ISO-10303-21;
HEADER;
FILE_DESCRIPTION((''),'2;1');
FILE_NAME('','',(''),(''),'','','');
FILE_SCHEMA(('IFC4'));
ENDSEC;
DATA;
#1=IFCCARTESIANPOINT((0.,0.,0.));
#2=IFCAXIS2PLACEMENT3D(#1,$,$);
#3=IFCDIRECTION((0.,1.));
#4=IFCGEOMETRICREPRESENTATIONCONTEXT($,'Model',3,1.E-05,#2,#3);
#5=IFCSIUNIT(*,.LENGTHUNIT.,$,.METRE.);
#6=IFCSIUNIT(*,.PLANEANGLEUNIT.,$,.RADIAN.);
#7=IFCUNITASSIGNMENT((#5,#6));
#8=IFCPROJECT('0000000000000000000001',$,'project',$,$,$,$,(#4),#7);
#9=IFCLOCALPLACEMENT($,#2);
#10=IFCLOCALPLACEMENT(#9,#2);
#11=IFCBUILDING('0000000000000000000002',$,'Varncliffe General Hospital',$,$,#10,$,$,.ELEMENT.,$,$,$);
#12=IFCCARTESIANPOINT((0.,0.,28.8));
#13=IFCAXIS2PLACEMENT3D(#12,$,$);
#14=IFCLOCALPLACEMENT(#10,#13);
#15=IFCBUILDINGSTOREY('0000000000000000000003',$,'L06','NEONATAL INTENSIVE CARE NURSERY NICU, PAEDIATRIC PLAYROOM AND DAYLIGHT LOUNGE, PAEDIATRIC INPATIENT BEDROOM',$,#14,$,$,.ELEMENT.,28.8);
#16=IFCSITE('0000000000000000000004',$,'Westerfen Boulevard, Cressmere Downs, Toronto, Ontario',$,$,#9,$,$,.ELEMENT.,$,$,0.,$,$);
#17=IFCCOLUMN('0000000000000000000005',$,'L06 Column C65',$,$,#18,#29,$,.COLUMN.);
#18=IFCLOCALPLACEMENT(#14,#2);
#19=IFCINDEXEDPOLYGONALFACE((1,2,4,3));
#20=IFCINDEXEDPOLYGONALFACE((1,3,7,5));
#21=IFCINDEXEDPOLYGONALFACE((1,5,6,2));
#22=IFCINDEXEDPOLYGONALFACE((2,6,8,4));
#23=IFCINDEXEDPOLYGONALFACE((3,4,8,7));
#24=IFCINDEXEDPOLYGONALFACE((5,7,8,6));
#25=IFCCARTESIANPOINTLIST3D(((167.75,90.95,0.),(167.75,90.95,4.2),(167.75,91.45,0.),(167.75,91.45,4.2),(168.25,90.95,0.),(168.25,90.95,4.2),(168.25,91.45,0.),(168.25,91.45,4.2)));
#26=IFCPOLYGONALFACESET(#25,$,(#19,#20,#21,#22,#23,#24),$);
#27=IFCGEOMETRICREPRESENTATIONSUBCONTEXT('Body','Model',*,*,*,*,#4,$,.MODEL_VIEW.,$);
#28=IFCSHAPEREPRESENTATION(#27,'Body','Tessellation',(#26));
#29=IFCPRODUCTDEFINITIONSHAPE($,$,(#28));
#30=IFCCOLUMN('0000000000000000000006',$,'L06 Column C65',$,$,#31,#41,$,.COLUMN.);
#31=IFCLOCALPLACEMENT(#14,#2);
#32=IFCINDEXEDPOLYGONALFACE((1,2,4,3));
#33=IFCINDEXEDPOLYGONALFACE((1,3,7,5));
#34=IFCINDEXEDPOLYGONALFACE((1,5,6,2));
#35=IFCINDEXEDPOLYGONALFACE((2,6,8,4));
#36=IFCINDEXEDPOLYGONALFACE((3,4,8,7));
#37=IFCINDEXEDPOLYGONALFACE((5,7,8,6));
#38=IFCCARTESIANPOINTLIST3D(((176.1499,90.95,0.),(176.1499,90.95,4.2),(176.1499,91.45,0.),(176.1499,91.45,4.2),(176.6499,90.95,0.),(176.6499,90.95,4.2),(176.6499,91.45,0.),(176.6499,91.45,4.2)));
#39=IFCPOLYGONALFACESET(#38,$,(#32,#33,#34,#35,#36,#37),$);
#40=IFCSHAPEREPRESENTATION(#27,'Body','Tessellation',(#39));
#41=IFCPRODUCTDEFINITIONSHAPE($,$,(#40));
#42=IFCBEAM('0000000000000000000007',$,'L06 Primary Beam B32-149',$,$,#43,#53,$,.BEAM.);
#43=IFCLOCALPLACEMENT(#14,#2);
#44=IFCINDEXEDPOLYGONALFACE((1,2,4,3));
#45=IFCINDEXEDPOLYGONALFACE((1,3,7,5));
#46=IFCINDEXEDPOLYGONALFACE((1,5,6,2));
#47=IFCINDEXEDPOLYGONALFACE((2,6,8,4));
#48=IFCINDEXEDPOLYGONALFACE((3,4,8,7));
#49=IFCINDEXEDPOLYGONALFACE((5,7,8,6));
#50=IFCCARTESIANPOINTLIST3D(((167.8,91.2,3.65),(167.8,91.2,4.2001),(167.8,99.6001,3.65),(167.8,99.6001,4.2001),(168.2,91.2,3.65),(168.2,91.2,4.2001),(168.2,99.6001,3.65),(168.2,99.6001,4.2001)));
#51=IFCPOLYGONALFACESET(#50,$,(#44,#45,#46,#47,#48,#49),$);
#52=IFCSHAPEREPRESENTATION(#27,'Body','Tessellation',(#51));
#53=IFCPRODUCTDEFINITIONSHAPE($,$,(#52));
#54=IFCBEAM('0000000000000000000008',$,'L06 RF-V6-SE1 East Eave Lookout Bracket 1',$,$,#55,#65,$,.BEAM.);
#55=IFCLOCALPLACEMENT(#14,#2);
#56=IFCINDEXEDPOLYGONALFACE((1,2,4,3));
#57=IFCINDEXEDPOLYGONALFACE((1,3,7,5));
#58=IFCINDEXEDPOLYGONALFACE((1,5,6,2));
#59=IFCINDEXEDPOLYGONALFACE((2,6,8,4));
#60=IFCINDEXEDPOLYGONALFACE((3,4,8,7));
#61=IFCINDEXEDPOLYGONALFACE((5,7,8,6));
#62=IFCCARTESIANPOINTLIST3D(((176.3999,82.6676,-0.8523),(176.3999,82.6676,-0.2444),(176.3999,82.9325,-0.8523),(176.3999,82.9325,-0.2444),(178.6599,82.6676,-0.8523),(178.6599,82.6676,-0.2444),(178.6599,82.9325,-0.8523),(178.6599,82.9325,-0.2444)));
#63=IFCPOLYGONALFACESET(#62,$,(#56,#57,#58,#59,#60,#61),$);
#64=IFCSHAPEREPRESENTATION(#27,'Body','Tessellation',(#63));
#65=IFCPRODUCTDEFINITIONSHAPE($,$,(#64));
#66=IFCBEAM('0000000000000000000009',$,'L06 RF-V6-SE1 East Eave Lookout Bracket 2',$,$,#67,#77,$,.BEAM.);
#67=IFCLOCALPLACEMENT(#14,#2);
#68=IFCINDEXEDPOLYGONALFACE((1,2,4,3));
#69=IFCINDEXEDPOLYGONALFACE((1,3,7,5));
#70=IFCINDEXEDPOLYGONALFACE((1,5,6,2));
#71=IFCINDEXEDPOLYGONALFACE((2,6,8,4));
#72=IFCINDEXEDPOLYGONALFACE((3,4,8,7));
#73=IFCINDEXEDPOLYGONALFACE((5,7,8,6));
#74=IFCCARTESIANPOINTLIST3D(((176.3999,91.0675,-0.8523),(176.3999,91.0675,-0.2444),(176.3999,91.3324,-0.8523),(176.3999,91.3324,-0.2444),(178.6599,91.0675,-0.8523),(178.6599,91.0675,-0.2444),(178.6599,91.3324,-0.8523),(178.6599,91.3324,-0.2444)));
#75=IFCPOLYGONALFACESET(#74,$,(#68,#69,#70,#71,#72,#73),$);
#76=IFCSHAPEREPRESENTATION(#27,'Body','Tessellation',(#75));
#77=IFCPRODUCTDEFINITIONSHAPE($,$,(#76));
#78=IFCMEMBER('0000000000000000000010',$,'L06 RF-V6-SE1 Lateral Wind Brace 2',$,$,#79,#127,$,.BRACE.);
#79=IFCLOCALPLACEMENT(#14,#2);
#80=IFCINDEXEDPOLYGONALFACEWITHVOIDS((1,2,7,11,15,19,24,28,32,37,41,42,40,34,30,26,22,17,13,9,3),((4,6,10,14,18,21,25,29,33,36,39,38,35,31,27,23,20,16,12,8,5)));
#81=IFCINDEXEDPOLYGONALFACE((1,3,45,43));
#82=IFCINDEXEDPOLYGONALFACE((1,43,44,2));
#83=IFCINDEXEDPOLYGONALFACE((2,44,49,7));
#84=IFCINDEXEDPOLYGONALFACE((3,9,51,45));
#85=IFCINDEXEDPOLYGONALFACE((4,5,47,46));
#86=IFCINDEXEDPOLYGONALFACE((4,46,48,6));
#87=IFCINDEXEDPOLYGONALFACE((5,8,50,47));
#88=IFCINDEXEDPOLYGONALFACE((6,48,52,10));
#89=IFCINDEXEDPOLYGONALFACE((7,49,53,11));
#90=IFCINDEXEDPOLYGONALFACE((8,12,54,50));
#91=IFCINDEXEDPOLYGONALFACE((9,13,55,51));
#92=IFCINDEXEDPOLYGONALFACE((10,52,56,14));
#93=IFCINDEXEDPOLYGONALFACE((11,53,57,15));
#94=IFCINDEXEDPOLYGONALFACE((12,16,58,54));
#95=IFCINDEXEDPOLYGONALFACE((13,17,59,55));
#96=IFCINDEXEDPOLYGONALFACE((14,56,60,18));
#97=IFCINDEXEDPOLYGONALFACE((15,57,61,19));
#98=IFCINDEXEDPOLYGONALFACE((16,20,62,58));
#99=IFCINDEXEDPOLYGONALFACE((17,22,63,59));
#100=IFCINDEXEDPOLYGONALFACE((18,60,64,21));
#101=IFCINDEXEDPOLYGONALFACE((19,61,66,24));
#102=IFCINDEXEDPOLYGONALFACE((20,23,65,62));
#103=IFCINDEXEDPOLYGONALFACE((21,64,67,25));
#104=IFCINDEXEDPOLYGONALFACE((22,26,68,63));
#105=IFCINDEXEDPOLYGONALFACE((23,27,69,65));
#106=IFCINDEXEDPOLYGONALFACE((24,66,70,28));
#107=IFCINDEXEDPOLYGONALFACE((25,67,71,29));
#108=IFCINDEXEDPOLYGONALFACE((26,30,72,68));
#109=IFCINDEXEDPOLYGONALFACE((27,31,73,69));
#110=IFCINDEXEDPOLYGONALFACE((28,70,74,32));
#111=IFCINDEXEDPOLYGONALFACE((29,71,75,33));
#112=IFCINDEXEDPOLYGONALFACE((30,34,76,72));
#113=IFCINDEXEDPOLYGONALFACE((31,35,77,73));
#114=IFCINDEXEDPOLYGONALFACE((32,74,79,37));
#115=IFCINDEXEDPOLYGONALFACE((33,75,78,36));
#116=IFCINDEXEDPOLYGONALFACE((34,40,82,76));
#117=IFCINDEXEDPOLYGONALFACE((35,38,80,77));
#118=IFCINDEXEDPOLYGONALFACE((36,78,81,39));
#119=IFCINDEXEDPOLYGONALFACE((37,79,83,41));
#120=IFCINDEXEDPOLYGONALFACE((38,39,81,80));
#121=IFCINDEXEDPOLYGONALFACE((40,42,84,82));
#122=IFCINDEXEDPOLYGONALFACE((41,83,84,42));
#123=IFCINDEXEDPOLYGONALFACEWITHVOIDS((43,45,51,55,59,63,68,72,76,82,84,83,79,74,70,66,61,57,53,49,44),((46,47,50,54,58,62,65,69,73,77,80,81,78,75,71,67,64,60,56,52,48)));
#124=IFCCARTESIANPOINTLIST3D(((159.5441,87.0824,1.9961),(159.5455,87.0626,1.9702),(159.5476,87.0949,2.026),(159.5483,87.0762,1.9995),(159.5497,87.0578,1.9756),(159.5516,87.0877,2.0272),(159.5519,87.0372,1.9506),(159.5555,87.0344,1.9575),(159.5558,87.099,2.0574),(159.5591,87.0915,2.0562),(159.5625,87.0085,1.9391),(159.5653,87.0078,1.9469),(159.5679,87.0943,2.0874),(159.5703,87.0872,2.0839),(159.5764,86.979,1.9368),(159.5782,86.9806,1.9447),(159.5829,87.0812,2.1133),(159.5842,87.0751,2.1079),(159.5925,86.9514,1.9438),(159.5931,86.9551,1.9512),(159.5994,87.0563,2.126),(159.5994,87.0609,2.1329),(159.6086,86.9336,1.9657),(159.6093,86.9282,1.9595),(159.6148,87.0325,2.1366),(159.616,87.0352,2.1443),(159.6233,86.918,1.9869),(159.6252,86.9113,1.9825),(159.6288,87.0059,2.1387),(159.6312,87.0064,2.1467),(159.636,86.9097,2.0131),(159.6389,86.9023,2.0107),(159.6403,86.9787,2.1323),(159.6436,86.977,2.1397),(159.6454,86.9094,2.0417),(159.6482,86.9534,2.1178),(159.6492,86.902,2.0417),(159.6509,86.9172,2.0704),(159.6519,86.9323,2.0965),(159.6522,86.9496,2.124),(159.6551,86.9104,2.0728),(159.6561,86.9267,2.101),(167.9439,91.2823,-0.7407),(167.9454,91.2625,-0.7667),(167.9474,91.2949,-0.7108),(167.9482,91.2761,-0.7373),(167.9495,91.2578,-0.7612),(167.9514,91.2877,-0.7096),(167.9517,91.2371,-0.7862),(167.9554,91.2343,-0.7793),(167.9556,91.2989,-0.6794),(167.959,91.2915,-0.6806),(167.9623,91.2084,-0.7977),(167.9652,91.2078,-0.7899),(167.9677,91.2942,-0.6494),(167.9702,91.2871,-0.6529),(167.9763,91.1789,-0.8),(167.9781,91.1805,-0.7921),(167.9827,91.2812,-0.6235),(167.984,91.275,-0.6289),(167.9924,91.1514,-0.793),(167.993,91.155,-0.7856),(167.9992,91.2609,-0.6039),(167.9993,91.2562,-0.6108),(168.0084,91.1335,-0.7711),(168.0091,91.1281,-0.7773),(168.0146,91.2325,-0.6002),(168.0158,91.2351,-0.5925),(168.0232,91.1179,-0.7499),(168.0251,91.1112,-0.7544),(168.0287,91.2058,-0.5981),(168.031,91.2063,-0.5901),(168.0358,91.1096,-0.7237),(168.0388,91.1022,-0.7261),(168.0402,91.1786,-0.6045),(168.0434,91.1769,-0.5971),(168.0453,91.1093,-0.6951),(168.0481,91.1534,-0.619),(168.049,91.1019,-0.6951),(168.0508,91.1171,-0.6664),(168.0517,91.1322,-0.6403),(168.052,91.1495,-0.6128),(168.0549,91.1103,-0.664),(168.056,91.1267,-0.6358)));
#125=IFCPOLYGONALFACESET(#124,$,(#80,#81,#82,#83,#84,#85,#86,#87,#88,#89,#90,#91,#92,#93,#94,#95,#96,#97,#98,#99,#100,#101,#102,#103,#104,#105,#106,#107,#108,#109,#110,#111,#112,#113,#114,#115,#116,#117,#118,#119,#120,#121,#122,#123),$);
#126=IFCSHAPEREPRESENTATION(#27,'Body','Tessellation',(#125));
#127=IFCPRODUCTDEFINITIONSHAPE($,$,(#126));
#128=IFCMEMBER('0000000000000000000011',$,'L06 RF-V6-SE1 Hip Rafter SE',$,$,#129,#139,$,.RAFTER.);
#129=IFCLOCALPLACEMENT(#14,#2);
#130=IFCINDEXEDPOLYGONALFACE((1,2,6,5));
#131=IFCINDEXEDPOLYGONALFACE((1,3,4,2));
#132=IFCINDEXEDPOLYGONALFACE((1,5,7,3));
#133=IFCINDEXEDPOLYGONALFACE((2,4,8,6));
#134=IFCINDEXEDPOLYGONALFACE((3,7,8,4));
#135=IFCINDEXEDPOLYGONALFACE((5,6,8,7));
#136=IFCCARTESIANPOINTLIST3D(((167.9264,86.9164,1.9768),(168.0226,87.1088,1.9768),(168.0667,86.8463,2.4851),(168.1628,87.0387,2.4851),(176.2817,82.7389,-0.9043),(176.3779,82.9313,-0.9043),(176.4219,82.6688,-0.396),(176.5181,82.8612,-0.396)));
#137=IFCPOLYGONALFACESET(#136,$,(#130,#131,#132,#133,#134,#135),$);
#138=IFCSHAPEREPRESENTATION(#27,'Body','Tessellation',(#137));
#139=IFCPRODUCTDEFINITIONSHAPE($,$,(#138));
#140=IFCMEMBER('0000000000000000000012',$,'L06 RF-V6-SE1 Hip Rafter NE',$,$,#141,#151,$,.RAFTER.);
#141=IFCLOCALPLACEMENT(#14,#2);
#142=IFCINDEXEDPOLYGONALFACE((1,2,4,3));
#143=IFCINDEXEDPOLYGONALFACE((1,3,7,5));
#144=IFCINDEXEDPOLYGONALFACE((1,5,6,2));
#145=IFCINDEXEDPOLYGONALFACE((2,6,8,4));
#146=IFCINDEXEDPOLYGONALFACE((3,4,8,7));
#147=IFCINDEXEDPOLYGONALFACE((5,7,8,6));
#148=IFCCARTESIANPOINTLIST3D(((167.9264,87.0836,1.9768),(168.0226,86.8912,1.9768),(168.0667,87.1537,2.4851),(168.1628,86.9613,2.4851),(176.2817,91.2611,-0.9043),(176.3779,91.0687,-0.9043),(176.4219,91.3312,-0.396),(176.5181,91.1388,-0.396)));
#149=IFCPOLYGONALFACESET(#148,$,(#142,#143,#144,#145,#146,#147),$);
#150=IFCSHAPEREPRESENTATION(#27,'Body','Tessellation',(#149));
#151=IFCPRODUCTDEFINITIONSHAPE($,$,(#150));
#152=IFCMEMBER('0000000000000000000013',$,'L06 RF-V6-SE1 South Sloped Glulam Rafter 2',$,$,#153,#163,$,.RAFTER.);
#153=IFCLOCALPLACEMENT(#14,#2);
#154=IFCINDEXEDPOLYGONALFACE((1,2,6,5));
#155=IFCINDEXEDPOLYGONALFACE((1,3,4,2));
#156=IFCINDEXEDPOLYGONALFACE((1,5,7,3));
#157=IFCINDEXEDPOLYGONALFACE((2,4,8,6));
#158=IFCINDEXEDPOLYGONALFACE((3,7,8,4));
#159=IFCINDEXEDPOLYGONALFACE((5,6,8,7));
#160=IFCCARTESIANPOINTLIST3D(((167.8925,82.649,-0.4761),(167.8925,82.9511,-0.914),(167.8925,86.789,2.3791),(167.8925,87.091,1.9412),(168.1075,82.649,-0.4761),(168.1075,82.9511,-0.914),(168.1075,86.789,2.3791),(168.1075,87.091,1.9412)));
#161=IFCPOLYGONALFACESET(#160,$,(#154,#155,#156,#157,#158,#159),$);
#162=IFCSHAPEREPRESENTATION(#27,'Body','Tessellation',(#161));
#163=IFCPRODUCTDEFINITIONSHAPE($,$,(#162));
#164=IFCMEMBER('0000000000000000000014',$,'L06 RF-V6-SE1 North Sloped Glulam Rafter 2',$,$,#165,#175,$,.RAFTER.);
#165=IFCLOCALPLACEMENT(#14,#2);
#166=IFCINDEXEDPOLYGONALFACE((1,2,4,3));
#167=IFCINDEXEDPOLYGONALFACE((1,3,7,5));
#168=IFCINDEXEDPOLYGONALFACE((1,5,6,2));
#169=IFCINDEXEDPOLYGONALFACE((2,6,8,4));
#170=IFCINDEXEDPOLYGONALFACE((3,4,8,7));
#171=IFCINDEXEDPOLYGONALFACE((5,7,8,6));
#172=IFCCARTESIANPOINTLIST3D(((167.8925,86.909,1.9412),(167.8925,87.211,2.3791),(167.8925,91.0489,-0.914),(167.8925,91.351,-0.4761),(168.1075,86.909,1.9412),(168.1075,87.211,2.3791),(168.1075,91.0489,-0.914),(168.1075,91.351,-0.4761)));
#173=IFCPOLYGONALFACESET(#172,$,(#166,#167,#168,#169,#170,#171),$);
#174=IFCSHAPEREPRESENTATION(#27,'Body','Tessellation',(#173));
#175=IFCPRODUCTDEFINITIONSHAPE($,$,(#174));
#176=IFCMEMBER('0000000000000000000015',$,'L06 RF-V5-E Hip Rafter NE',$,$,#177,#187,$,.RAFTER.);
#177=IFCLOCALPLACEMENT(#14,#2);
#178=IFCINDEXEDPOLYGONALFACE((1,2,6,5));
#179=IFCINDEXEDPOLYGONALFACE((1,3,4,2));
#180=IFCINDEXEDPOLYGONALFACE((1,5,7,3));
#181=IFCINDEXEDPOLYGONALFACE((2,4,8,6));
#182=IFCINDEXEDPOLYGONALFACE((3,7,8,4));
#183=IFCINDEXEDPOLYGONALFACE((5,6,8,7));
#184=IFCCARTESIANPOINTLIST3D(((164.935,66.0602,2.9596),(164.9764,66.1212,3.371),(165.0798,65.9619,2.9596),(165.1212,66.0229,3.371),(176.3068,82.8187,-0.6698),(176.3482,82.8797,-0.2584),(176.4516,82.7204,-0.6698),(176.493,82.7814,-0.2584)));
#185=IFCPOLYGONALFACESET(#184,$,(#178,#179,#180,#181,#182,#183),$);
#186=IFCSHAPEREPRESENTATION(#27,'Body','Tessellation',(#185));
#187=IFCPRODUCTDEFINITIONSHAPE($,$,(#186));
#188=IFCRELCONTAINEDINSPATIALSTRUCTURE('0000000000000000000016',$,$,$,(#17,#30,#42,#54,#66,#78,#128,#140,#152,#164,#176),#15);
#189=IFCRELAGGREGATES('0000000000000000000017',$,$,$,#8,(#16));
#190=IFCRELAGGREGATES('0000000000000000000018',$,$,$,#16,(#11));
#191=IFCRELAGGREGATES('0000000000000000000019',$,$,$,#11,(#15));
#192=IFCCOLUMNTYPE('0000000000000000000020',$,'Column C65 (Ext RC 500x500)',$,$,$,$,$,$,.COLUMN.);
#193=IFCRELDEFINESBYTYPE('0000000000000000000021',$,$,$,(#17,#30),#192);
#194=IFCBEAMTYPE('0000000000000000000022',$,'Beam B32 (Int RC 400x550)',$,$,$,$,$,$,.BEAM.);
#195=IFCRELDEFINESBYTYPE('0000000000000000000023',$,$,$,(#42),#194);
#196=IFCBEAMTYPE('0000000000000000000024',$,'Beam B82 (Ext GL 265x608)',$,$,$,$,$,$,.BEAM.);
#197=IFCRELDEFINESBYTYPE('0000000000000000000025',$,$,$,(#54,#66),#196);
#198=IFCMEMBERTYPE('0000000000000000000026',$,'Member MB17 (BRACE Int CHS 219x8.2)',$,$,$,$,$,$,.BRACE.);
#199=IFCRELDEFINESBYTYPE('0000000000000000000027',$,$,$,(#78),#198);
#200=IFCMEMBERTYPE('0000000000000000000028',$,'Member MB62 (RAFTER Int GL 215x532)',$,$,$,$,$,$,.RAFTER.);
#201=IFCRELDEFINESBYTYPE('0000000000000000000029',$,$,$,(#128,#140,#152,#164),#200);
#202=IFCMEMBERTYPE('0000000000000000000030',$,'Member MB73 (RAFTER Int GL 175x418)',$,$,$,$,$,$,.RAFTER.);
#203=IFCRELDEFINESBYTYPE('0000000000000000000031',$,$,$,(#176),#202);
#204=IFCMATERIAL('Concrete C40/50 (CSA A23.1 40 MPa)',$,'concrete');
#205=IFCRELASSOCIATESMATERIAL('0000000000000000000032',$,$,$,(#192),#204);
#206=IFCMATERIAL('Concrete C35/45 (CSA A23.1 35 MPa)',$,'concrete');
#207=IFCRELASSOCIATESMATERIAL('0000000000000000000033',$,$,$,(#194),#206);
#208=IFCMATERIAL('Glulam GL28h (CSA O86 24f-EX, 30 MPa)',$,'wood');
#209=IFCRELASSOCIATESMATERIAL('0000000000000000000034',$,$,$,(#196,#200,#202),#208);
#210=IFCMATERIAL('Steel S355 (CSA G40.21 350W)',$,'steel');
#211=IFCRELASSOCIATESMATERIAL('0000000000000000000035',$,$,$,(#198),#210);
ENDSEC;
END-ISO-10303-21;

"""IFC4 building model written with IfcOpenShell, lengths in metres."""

from ifc_helpers import new_model, si_unit, direction, frame, origin, origin_2d, place, context, subcontext, project, spatial, rectangle, hollow_circle, extrude, material, material_profile, profile_set, type_object, element, save


model = new_model("IFC4")

# Units and contexts
model_context = context("Model", 3, precision=1e-05, world=origin(), true_north=direction((0.0, 1.0)))
body_context = subcontext(model_context, "Body", "Model", "MODEL_VIEW")
ifc_project = project(units=[si_unit("LENGTHUNIT", "METRE"), si_unit("PLANEANGLEUNIT", "RADIAN")], contexts=[model_context])

# Site, building, storey
site_placement = place(None, origin())
site = spatial("IfcSite", under=ifc_project, at=site_placement, Name="Westerfen Boulevard, Cressmere Downs, Toronto, Ontario", CompositionType="ELEMENT", RefElevation=0.0)
building_placement = place(site_placement, origin())
building = spatial("IfcBuilding", under=site, at=building_placement, Name="Varncliffe General Hospital", CompositionType="ELEMENT")
storey_placement = place(building_placement, frame((0.0, 0.0, 28.8)))
storey = spatial("IfcBuildingStorey", under=building, at=storey_placement, Name="L06", Description="NEONATAL INTENSIVE CARE NURSERY NICU, PAEDIATRIC PLAYROOM AND DAYLIGHT LOUNGE, PAEDIATRIC INPATIENT BEDROOM", CompositionType="ELEMENT", Elevation=28.8)

# Columns
ifc_material_1 = material(Name="Concrete C40/50 (CSA A23.1 40 MPa)", Category="concrete")
ifc_material_profile_1 = material_profile(ifc_material_1, rectangle(XDim=0.5, YDim=0.5, at=origin_2d()), Name="RC 500x500")
ifc_profile_set_1 = profile_set([ifc_material_profile_1], Name="Concrete C40/50 (CSA A23.1 40 MPa)")
column_type = type_object("IfcColumnType", Name="Column C65 (Ext RC 500x500)", PredefinedType="COLUMN", material=ifc_profile_set_1)
for number, where, z_axis, x_axis, name in (
    (1, (168.0, 91.2, 0.0), (0.0, 0.0, 1.0), (1.0, 0.0, 0.0), "L06 Column C65"),
    (2, (176.3999, 91.2, 0.0), (0.0, 0.0, 1.0), (1.0, 0.0, 0.0), "L06 Column C65"),
):
    element("IfcColumn", number, at=place(storey_placement, frame(where, z_axis=z_axis, x_axis=x_axis)), inside=storey, type_object=column_type, Name=name, PredefinedType="COLUMN", context=body_context, shape_type="SweptSolid", body=[
        extrude(rectangle(XDim=0.5, YDim=0.5, at=origin_2d()), origin(), (0.0, 0.0, 1.0), 4.2),
    ])

# Beams
ifc_material_2 = material(Name="Concrete C35/45 (CSA A23.1 35 MPa)", Category="concrete")
ifc_material_profile_2 = material_profile(ifc_material_2, rectangle(XDim=0.3999, YDim=0.55, at=origin_2d()), Name="RC 400x550")
ifc_profile_set_2 = profile_set([ifc_material_profile_2], Name="Concrete C35/45 (CSA A23.1 35 MPa)")
beam_type_1 = type_object("IfcBeamType", Name="Beam B32 (Int RC 400x550)", PredefinedType="BEAM", material=ifc_profile_set_2)
beam_1_placement = place(storey_placement, frame((168.0, 91.2, 3.925), z_axis=(0.0, 1.0, 0.0), x_axis=(-1.0, 0.0, 0.0)))
element("IfcBeam", 3, at=beam_1_placement, inside=storey, type_object=beam_type_1, Name="L06 Primary Beam B32-149", PredefinedType="BEAM", context=body_context, shape_type="SweptSolid", body=[
    extrude(rectangle(XDim=0.3999, YDim=0.55, at=origin_2d()), origin(), (0.0, 0.0, 1.0), 8.4001),
])
ifc_material_3 = material(Name="Glulam GL28h (CSA O86 24f-EX, 30 MPa)", Category="wood")
ifc_material_profile_3 = material_profile(ifc_material_3, rectangle(XDim=0.2649, YDim=0.6079, at=origin_2d()), Name="GL 265x608")
ifc_profile_set_3 = profile_set([ifc_material_profile_3], Name="Glulam GL28h (CSA O86 24f-EX, 30 MPa)")
beam_type_2 = type_object("IfcBeamType", Name="Beam B82 (Ext GL 265x608)", PredefinedType="BEAM", material=ifc_profile_set_3)
for number, where, z_axis, x_axis, name in (
    (4, (176.3999, 82.8, -0.5483), (1.0, 0.0, 0.0), (0.0, 1.0, 0.0), "L06 RF-V6-SE1 East Eave Lookout Bracket 1"),
    (5, (176.3999, 91.2, -0.5483), (1.0, 0.0, 0.0), (0.0, 1.0, 0.0), "L06 RF-V6-SE1 East Eave Lookout Bracket 2"),
):
    element("IfcBeam", number, at=place(storey_placement, frame(where, z_axis=z_axis, x_axis=x_axis)), inside=storey, type_object=beam_type_2, Name=name, PredefinedType="BEAM", context=body_context, shape_type="SweptSolid", body=[
        extrude(rectangle(XDim=0.2649, YDim=0.6079, at=origin_2d()), origin(), (0.0, 0.0, 1.0), 2.26),
    ])

# Members
ifc_material_4 = material(Name="Steel S355 (CSA G40.21 350W)", Category="steel")
ifc_material_profile_4 = material_profile(ifc_material_4, hollow_circle(Radius=0.1096, WallThickness=0.0083, at=origin_2d()), Name="CHS 219x8.2")
ifc_profile_set_4 = profile_set([ifc_material_profile_4], Name="Steel S355 (CSA G40.21 350W)")
member_type_1 = type_object("IfcMemberType", Name="Member MB17 (BRACE Int CHS 219x8.2)", PredefinedType="BRACE", material=ifc_profile_set_4)
member_1_placement = place(storey_placement, frame((168.0, 91.2, -0.6951), z_axis=(-0.858707, -0.429354, 0.27978), x_axis=(0.447214, -0.894427, 0.0)))
element("IfcMember", 6, at=member_1_placement, inside=storey, type_object=member_type_1, Name="L06 RF-V6-SE1 Lateral Wind Brace 2", PredefinedType="BRACE", context=body_context, shape_type="SweptSolid", body=[
    extrude(hollow_circle(Radius=0.1096, WallThickness=0.0083, at=origin_2d()), origin(), (0.0, 0.0, 1.0), 9.782),
])
ifc_material_profile_5 = material_profile(ifc_material_3, rectangle(XDim=0.2151, YDim=0.532, at=origin_2d()), Name="GL 215x532")
ifc_profile_set_5 = profile_set([ifc_material_profile_5], Name="Glulam GL28h (CSA O86 24f-EX, 30 MPa)")
member_type_2 = type_object("IfcMemberType", Name="Member MB62 (RAFTER Int GL 215x532)", PredefinedType="RAFTER", material=ifc_profile_set_5)
for number, where, z_axis, x_axis, name in (
    (7, (176.3999, 82.8, -0.6501), (-0.854704, 0.427339, 0.294725), (-0.447203, -0.894432, 0.0), "L06 RF-V6-SE1 Hip Rafter SE"),
    (8, (176.3999, 91.2, -0.6501), (-0.854704, -0.427339, 0.294725), (0.447203, -0.894432, 0.0), "L06 RF-V6-SE1 Hip Rafter NE"),
):
    element("IfcMember", number, at=place(storey_placement, frame(where, z_axis=z_axis, x_axis=x_axis)), inside=storey, type_object=member_type_2, Name=name, PredefinedType="RAFTER", context=body_context, shape_type="SweptSolid", body=[
        extrude(rectangle(XDim=0.2151, YDim=0.532, at=origin_2d()), origin(), (0.0, 0.0, 1.0), 9.7756),
    ])
for number, where, z_axis, x_axis, name in (
    (9, (168.0, 82.8, -0.6951), (0.0, 0.823201, 0.56775), (-1.0, 0.0, 0.0), "L06 RF-V6-SE1 South Sloped Glulam Rafter 2"),
    (10, (168.0, 91.2, -0.6951), (0.0, -0.823201, 0.56775), (1.0, 0.0, 0.0), "L06 RF-V6-SE1 North Sloped Glulam Rafter 2"),
):
    element("IfcMember", number, at=place(storey_placement, frame(where, z_axis=z_axis, x_axis=x_axis)), inside=storey, type_object=member_type_2, Name=name, PredefinedType="RAFTER", context=body_context, shape_type="SweptSolid", body=[
        extrude(rectangle(XDim=0.2151, YDim=0.532, at=origin_2d()), origin(), (0.0, 0.0, 1.0), 5.0291),
    ])
ifc_material_profile_6 = material_profile(ifc_material_3, rectangle(XDim=0.175, YDim=0.418, at=origin_2d()), Name="GL 175x418")
ifc_profile_set_6 = profile_set([ifc_material_profile_6], Name="Glulam GL28h (CSA O86 24f-EX, 30 MPa)")
member_type_3 = type_object("IfcMemberType", Name="Member MB73 (RAFTER Int GL 175x418)", PredefinedType="RAFTER", material=ifc_profile_set_6)
member_2_placement = place(storey_placement, frame((176.3999, 82.8, -0.4641), z_axis=(-0.552695, -0.814501, 0.176396), x_axis=(0.827477, -0.5615, 0.0)))
element("IfcMember", 11, at=member_2_placement, inside=storey, type_object=member_type_3, Name="L06 RF-V5-E Hip Rafter NE", PredefinedType="RAFTER", context=body_context, shape_type="SweptSolid", body=[
    extrude(rectangle(XDim=0.175, YDim=0.418, at=origin_2d()), origin(), (0.0, 0.0, 1.0), 20.5752),
])

save(model, "model.ifc")
